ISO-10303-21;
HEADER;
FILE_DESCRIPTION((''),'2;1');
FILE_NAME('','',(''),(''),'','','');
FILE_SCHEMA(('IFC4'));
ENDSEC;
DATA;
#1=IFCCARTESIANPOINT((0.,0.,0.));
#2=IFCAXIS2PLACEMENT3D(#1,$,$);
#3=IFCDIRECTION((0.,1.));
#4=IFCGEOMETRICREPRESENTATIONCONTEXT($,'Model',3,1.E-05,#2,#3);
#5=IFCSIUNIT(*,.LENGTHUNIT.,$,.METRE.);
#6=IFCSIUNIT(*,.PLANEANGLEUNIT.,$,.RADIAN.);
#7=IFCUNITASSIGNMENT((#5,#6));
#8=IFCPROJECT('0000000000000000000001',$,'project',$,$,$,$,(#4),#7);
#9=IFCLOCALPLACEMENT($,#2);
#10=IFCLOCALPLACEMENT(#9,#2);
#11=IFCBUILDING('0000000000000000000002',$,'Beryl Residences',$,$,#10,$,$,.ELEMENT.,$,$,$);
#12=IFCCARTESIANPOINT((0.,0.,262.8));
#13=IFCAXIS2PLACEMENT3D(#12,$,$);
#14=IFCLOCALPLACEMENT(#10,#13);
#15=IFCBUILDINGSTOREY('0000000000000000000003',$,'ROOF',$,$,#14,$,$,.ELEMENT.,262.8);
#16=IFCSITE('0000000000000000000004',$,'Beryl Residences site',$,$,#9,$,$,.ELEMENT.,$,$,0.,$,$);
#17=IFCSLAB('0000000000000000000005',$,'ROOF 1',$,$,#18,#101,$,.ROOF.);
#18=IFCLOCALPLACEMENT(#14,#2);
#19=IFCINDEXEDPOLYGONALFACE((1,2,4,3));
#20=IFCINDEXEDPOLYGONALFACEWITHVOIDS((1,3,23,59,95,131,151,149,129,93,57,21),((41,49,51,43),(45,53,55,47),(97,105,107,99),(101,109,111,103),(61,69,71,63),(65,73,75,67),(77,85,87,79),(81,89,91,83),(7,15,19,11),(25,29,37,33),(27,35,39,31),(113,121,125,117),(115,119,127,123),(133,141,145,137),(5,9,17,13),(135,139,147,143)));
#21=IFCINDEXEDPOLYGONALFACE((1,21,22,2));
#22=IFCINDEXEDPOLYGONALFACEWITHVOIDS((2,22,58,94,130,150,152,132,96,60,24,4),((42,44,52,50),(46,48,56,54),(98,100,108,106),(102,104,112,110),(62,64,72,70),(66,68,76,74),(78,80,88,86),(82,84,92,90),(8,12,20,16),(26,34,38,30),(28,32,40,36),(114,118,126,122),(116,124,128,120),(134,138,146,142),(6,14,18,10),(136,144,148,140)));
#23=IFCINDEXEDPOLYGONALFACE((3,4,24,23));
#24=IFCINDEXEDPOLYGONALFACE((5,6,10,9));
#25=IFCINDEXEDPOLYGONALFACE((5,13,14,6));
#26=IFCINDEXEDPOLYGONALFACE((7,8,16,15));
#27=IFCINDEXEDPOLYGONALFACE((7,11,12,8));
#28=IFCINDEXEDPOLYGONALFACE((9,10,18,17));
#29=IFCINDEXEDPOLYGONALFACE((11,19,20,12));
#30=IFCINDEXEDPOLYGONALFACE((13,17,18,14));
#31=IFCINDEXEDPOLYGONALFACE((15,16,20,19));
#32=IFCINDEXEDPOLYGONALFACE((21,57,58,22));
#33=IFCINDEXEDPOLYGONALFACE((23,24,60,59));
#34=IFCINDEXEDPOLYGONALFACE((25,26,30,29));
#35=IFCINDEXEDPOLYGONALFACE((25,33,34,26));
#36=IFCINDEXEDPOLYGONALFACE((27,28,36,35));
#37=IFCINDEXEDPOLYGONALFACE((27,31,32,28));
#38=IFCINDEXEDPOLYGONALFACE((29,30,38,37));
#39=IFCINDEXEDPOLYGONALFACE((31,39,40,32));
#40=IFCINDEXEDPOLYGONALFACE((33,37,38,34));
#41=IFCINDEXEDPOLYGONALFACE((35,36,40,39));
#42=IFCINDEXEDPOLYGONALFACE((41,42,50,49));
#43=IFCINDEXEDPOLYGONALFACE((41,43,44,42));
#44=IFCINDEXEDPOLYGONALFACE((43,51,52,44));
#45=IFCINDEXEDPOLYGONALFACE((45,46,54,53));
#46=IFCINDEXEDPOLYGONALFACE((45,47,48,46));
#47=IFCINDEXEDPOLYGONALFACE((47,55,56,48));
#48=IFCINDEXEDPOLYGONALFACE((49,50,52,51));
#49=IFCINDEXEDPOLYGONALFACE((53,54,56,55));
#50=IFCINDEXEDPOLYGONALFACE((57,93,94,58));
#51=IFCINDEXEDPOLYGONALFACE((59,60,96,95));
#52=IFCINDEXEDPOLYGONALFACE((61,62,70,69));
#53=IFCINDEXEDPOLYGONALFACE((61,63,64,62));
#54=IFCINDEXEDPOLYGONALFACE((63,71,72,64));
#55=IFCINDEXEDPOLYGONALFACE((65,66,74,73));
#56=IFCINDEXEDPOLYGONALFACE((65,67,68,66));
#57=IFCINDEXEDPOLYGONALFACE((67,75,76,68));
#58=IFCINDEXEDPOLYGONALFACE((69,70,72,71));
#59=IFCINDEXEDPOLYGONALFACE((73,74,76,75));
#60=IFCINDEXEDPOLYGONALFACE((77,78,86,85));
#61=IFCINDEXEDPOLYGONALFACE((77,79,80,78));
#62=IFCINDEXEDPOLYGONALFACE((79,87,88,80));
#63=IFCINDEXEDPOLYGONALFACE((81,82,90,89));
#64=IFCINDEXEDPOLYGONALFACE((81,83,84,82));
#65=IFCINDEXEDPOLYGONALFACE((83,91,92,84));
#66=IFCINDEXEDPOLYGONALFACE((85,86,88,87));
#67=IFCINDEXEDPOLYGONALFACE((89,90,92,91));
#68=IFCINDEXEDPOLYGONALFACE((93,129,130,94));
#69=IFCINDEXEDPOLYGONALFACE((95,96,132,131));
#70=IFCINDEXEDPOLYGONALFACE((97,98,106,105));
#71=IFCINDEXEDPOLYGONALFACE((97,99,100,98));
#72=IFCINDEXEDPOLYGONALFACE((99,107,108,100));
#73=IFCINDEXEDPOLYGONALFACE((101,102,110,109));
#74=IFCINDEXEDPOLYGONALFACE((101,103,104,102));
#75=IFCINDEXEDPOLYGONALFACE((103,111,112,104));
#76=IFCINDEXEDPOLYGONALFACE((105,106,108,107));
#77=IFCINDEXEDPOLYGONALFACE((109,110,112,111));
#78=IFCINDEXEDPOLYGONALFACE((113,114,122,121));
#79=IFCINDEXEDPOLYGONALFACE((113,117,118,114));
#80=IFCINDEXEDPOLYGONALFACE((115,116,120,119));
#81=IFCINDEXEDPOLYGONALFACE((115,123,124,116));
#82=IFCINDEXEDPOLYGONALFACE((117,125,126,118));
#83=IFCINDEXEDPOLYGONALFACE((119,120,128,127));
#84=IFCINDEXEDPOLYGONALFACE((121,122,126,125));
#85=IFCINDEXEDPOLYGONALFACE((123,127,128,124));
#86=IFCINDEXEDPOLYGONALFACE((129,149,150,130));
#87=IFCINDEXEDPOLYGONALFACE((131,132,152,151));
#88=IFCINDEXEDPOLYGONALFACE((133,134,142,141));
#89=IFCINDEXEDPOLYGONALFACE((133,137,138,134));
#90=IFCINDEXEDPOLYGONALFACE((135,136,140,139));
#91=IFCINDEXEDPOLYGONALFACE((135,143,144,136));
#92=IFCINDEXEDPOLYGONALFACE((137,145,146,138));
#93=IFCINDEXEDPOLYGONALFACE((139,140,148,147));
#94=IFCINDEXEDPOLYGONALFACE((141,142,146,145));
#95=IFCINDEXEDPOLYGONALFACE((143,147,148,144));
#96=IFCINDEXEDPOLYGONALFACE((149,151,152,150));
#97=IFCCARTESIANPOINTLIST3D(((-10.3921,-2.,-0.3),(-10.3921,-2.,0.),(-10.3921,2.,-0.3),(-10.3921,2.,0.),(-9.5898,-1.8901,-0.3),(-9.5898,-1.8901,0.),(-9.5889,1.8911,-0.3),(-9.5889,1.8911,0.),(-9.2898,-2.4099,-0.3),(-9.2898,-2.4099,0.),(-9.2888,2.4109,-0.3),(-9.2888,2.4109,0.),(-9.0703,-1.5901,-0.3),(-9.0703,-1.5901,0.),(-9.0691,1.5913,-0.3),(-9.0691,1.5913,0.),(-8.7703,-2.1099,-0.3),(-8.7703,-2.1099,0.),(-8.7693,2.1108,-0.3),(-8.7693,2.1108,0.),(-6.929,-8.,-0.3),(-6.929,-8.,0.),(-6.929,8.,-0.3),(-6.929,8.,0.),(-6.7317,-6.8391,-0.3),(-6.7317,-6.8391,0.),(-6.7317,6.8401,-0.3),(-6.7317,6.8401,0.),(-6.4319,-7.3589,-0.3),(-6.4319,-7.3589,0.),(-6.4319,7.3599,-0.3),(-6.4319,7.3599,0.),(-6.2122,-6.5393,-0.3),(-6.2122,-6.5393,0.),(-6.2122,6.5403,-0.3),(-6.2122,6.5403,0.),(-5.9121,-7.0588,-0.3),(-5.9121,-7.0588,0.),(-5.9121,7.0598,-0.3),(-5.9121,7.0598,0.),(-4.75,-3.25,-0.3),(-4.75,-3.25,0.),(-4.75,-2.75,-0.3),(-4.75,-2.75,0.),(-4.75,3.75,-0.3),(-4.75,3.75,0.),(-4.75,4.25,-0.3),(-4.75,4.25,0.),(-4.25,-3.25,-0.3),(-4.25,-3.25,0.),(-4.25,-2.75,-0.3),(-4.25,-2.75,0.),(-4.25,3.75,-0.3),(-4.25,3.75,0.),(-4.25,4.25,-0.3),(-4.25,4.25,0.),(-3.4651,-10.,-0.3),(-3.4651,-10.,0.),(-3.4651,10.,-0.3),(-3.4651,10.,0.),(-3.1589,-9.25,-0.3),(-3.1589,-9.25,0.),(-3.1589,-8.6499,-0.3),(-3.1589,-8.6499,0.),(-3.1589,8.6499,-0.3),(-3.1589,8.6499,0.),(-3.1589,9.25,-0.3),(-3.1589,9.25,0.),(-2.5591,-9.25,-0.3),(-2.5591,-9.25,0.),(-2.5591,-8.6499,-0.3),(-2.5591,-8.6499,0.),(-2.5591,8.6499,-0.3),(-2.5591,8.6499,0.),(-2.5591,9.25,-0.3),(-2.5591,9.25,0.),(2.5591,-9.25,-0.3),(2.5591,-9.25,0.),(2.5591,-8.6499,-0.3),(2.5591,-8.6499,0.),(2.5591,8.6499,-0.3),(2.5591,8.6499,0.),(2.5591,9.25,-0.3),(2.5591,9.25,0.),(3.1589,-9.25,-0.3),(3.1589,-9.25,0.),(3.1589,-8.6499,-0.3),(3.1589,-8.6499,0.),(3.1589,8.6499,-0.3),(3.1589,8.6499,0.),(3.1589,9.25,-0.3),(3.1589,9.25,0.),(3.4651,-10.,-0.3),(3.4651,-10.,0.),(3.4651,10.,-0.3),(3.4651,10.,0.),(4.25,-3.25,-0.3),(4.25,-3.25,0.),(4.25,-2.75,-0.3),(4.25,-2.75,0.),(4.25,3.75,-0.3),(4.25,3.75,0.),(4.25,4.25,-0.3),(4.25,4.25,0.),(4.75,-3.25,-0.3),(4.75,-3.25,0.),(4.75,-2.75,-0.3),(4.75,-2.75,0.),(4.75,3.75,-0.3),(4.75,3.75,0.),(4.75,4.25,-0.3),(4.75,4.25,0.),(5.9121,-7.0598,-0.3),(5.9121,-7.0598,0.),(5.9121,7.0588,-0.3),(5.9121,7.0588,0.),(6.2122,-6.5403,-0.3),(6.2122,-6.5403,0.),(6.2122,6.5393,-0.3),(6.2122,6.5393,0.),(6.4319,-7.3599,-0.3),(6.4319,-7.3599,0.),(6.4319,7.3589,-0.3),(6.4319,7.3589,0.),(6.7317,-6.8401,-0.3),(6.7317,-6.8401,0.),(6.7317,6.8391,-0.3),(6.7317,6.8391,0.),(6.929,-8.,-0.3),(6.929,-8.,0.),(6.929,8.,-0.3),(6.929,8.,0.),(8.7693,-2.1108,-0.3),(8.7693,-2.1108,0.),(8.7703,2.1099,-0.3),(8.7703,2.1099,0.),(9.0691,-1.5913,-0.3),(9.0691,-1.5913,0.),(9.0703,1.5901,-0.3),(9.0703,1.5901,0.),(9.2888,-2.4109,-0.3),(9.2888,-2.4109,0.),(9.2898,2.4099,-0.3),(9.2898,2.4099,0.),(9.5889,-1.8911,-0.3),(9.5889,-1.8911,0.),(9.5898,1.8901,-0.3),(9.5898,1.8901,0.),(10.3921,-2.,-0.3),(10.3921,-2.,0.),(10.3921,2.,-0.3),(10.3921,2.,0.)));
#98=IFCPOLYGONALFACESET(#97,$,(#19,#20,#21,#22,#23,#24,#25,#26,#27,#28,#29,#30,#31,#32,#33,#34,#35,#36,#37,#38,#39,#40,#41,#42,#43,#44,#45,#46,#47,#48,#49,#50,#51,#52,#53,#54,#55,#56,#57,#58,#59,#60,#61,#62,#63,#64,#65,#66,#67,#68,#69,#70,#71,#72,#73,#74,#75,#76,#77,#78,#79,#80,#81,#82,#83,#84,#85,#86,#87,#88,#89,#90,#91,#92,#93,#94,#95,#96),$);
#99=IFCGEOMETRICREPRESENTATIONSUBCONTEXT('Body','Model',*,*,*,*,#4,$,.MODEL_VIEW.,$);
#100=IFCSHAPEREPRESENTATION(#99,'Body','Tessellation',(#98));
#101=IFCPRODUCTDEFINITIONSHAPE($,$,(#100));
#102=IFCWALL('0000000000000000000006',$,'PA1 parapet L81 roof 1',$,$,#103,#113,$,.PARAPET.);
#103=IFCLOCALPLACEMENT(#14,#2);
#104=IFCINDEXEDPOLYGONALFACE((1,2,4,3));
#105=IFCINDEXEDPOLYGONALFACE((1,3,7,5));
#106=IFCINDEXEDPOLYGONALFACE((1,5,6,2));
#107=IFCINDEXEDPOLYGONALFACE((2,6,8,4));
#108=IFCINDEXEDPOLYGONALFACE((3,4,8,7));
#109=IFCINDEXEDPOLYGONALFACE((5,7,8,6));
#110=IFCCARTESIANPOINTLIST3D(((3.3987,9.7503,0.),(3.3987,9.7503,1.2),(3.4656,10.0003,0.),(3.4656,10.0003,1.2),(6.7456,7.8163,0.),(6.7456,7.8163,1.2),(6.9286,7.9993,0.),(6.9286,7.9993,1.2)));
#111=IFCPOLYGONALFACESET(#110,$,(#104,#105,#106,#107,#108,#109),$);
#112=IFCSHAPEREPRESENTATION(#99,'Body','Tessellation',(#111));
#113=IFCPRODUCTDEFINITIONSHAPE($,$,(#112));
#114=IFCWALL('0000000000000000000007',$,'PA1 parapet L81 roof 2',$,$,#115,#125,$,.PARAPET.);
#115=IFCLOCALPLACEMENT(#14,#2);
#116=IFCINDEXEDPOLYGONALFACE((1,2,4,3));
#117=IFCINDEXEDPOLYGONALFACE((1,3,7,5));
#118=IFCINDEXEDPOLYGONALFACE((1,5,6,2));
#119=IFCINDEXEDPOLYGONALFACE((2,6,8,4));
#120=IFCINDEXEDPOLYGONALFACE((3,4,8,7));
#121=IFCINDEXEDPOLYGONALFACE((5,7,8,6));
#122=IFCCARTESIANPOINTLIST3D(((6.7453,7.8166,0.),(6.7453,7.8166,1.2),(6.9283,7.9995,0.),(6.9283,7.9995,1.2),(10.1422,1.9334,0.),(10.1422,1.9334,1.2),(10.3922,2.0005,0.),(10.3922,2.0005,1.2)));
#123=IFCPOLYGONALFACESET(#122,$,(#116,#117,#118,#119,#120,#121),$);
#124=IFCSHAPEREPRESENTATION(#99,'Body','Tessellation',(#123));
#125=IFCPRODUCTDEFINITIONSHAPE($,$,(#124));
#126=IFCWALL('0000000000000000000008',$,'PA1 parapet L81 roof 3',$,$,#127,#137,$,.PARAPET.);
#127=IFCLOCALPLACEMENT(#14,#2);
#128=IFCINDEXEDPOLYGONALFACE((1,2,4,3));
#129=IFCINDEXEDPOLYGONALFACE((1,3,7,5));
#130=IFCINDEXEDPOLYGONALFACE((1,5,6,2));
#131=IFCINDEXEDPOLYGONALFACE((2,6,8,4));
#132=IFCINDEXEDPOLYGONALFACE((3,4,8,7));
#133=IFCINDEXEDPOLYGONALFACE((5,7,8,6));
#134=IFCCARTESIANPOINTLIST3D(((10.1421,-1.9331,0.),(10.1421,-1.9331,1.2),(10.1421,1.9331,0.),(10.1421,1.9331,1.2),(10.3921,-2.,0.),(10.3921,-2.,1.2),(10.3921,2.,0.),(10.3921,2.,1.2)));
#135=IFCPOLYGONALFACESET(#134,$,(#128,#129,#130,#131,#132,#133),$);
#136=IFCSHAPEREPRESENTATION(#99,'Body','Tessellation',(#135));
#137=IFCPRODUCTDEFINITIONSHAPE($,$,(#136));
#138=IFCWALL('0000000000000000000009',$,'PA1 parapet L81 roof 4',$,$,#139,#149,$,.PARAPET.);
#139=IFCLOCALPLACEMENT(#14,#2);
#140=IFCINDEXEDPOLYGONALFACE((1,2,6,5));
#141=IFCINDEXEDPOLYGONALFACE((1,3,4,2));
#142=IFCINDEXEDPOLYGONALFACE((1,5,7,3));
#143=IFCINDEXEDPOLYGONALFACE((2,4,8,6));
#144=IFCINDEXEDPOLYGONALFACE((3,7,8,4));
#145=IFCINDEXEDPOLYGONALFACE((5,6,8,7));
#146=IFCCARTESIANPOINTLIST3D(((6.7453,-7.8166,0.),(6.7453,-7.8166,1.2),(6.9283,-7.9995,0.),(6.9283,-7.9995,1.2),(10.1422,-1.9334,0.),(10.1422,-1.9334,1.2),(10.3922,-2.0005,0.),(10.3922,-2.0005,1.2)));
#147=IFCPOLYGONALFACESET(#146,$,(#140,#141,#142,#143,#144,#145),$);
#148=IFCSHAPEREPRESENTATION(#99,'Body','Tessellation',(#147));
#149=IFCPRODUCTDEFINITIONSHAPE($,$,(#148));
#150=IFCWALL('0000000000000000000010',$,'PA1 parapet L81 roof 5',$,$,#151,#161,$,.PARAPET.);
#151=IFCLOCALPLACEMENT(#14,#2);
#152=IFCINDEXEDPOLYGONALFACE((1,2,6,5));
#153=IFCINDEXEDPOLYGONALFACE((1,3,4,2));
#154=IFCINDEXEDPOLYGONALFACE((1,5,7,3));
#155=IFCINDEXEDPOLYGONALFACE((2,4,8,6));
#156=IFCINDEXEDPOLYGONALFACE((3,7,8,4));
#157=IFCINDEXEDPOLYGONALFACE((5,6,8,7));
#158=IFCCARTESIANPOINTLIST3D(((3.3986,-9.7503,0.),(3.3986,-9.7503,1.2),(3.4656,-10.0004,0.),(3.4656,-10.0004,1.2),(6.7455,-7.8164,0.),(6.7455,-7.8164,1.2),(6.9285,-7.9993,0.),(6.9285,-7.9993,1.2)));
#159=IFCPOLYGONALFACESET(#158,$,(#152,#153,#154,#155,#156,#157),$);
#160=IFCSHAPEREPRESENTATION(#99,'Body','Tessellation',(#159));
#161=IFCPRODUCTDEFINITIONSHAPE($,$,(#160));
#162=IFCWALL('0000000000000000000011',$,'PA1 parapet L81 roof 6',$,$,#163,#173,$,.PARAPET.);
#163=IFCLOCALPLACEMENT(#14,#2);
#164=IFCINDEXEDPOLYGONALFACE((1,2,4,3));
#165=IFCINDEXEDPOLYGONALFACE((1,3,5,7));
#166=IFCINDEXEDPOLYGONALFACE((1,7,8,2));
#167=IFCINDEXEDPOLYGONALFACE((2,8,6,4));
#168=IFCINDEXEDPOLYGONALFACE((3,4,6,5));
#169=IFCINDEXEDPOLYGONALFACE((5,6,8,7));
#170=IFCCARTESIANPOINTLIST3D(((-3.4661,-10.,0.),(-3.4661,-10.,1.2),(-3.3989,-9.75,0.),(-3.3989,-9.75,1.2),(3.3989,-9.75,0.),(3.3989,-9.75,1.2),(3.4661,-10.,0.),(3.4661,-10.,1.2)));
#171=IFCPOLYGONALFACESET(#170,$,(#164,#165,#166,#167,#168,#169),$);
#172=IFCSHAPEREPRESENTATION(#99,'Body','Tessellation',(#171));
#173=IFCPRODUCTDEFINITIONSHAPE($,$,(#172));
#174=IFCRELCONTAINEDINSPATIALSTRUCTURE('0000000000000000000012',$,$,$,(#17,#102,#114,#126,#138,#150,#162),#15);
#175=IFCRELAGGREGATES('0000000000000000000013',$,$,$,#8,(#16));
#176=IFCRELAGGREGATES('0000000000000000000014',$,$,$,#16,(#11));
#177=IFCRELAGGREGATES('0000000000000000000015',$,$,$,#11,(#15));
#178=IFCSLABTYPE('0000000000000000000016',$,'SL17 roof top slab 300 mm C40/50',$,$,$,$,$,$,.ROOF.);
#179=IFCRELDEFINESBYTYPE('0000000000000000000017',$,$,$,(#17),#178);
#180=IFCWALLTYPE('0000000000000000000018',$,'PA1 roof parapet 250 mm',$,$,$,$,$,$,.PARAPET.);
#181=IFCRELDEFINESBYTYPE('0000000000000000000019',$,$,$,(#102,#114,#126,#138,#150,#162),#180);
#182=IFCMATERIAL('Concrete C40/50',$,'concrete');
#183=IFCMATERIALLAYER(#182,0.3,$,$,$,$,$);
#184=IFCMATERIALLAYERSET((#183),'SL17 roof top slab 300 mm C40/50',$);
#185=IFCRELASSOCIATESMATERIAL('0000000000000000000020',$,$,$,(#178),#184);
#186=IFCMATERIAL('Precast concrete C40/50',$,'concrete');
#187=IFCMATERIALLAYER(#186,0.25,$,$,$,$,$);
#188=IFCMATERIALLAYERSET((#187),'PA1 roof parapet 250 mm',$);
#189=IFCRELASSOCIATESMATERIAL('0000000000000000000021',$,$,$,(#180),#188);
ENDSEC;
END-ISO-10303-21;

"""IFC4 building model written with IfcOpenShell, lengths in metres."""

from ifc_helpers import new_model, si_unit, direction, frame, origin, place, context, subcontext, project, spatial, polyline, outline, extrude, material, layer, layer_set, type_object, element, save


model = new_model("IFC4")

# Units and contexts
model_context = context("Model", 3, precision=1e-05, world=origin(), true_north=direction((0.0, 1.0)))
body_context = subcontext(model_context, "Body", "Model", "MODEL_VIEW")
ifc_project = project(units=[si_unit("LENGTHUNIT", "METRE"), si_unit("PLANEANGLEUNIT", "RADIAN")], contexts=[model_context])

# Site, building, storey
site_placement = place(None, origin())
site = spatial("IfcSite", under=ifc_project, at=site_placement, Name="Beryl Residences site", CompositionType="ELEMENT", RefElevation=0.0)
building_placement = place(site_placement, origin())
building = spatial("IfcBuilding", under=site, at=building_placement, Name="Beryl Residences", CompositionType="ELEMENT")
storey_placement = place(building_placement, frame((0.0, 0.0, 262.8)))
storey = spatial("IfcBuildingStorey", under=building, at=storey_placement, Name="ROOF", CompositionType="ELEMENT", Elevation=262.8)

# Slab
ifc_material_1 = material(Name="Concrete C40/50", Category="concrete")
ifc_layer_1 = layer(ifc_material_1, 0.3)
ifc_layer_set_1 = layer_set([ifc_layer_1], Name="SL17 roof top slab 300 mm C40/50")
slab_type = type_object("IfcSlabType", Name="SL17 roof top slab 300 mm C40/50", PredefinedType="ROOF", material=ifc_layer_set_1)
slab_placement = place(storey_placement, frame((0.0, 0.0, -0.3)))
element("IfcSlab", 1, at=slab_placement, inside=storey, type_object=slab_type, Name="ROOF 1", PredefinedType="ROOF", context=body_context, shape_type="SweptSolid", body=[
    extrude(outline(polyline([(6.929, 8.0), (10.3921, 2.0), (10.3921, -2.0), (6.929, -8.0), (3.4651, -10.0), (-3.4651, -10.0), (-6.929, -8.0), (-10.3921, -2.0), (-10.3921, 2.0), (-6.929, 8.0), (-3.4651, 10.0), (3.4651, 10.0), (6.929, 8.0)]), holes=[polyline([(9.2898, 2.4099), (8.7703, 2.1099), (9.0703, 1.5901), (9.5898, 1.8901), (9.2898, 2.4099)]), polyline([(9.5889, -1.8911), (9.0691, -1.5913), (8.7693, -2.1108), (9.2888, -2.4109), (9.5889, -1.8911)]), polyline([(6.7317, -6.8401), (6.2122, -6.5403), (5.9121, -7.0598), (6.4319, -7.3599), (6.7317, -6.8401)]), polyline([(6.4319, 7.3589), (5.9121, 7.0588), (6.2122, 6.5393), (6.7317, 6.8391), (6.4319, 7.3589)]), polyline([(4.75, 3.75), (4.75, 4.25), (4.25, 4.25), (4.25, 3.75), (4.75, 3.75)]), polyline([(4.75, -3.25), (4.75, -2.75), (4.25, -2.75), (4.25, -3.25), (4.75, -3.25)]), polyline([(2.5591, 9.25), (2.5591, 8.6499), (3.1589, 8.6499), (3.1589, 9.25), (2.5591, 9.25)]), polyline([(3.1589, -9.25), (3.1589, -8.6499), (2.5591, -8.6499), (2.5591, -9.25), (3.1589, -9.25)]), polyline([(-2.5591, -9.25), (-2.5591, -8.6499), (-3.1589, -8.6499), (-3.1589, -9.25), (-2.5591, -9.25)]), polyline([(-3.1589, 9.25), (-3.1589, 8.6499), (-2.5591, 8.6499), (-2.5591, 9.25), (-3.1589, 9.25)]), polyline([(-4.25, 3.75), (-4.25, 4.25), (-4.75, 4.25), (-4.75, 3.75), (-4.25, 3.75)]), polyline([(-4.25, -3.25), (-4.25, -2.75), (-4.75, -2.75), (-4.75, -3.25), (-4.25, -3.25)]), polyline([(-6.4319, -7.3589), (-5.9121, -7.0588), (-6.2122, -6.5393), (-6.7317, -6.8391), (-6.4319, -7.3589)]), polyline([(-6.7317, 6.8401), (-6.2122, 6.5403), (-5.9121, 7.0598), (-6.4319, 7.3599), (-6.7317, 6.8401)]), polyline([(-9.5889, 1.8911), (-9.0691, 1.5913), (-8.7693, 2.1108), (-9.2888, 2.4109), (-9.5889, 1.8911)]), polyline([(-9.2898, -2.4099), (-8.7703, -2.1099), (-9.0703, -1.5901), (-9.5898, -1.8901), (-9.2898, -2.4099)])]), origin(), (0.0, 0.0, 1.0), 0.3),
])

# Walls
ifc_material_2 = material(Name="Precast concrete C40/50", Category="concrete")
ifc_layer_2 = layer(ifc_material_2, 0.25)
ifc_layer_set_2 = layer_set([ifc_layer_2], Name="PA1 roof parapet 250 mm")
wall_type_1 = type_object("IfcWallType", Name="PA1 roof parapet 250 mm", PredefinedType="PARAPET", material=ifc_layer_set_2)
wall_1_placement = place(storey_placement, frame((3.4031, 9.8921, 0.0), z_axis=(0.0, 0.0, 1.0), x_axis=(0.865844, -0.500314, 0.0)))
element("IfcWall", 2, at=wall_1_placement, inside=storey, type_object=wall_type_1, Name="PA1 parapet L81 roof 1", PredefinedType="PARAPET", context=body_context, shape_type="SweptSolid", body=[
    extrude(outline(polyline([(0.0671, -0.125), (3.9326, -0.125), (3.9995, 0.125), (0.0, 0.125), (0.0671, -0.125)])), origin(), (0.0, 0.0, 1.0), 1.2),
])
wall_2_placement = place(storey_placement, frame((6.8201, 7.937, 0.0), z_axis=(0.0, 0.0, 1.0), x_axis=(0.500036, -0.866005, 0.0)))
element("IfcWall", 3, at=wall_2_placement, inside=storey, type_object=wall_type_1, Name="PA1 parapet L81 roof 2", PredefinedType="PARAPET", context=body_context, shape_type="SweptSolid", body=[
    extrude(outline(polyline([(0.0669, -0.125), (6.8604, -0.125), (6.9272, 0.125), (0.0, 0.125), (0.0669, -0.125)])), origin(), (0.0, 0.0, 1.0), 1.2),
])
wall_3_placement = place(storey_placement, frame((10.2671, 2.0, 0.0), z_axis=(0.0, 0.0, 1.0), x_axis=(0.0, -1.0, 0.0)))
element("IfcWall", 4, at=wall_3_placement, inside=storey, type_object=wall_type_1, Name="PA1 parapet L81 roof 3", PredefinedType="PARAPET", context=body_context, shape_type="SweptSolid", body=[
    extrude(outline(polyline([(0.0669, -0.125), (3.9331, -0.125), (4.0, 0.125), (0.0, 0.125), (0.0669, -0.125)])), origin(), (0.0, 0.0, 1.0), 1.2),
])
wall_4_placement = place(storey_placement, frame((10.2839, -1.938, 0.0), z_axis=(0.0, 0.0, 1.0), x_axis=(-0.500036, -0.866005, 0.0)))
element("IfcWall", 5, at=wall_4_placement, inside=storey, type_object=wall_type_1, Name="PA1 parapet L81 roof 4", PredefinedType="PARAPET", context=body_context, shape_type="SweptSolid", body=[
    extrude(outline(polyline([(0.0669, -0.125), (6.8604, -0.125), (6.9272, 0.125), (0.0, 0.125), (0.0669, -0.125)])), origin(), (0.0, 0.0, 1.0), 1.2),
])
wall_5_placement = place(storey_placement, frame((6.866, -7.8911, 0.0), z_axis=(0.0, 0.0, 1.0), x_axis=(-0.865844, -0.500314, 0.0)))
element("IfcWall", 6, at=wall_5_placement, inside=storey, type_object=wall_type_1, Name="PA1 parapet L81 roof 5", PredefinedType="PARAPET", context=body_context, shape_type="SweptSolid", body=[
    extrude(outline(polyline([(0.0669, -0.125), (3.9324, -0.125), (3.9995, 0.125), (0.0, 0.125), (0.0669, -0.125)])), origin(), (0.0, 0.0, 1.0), 1.2),
])
wall_6_placement = place(storey_placement, frame((3.4661, -9.875, 0.0), z_axis=(0.0, 0.0, 1.0), x_axis=(-1.0, 0.0, 0.0)))
element("IfcWall", 7, at=wall_6_placement, inside=storey, type_object=wall_type_1, Name="PA1 parapet L81 roof 6", PredefinedType="PARAPET", context=body_context, shape_type="SweptSolid", body=[
    extrude(outline(polyline([(0.0671, -0.125), (6.865, -0.125), (6.9321, 0.125), (0.0, 0.125), (0.0671, -0.125)])), origin(), (0.0, 0.0, 1.0), 1.2),
])

save(model, "model.ifc")
